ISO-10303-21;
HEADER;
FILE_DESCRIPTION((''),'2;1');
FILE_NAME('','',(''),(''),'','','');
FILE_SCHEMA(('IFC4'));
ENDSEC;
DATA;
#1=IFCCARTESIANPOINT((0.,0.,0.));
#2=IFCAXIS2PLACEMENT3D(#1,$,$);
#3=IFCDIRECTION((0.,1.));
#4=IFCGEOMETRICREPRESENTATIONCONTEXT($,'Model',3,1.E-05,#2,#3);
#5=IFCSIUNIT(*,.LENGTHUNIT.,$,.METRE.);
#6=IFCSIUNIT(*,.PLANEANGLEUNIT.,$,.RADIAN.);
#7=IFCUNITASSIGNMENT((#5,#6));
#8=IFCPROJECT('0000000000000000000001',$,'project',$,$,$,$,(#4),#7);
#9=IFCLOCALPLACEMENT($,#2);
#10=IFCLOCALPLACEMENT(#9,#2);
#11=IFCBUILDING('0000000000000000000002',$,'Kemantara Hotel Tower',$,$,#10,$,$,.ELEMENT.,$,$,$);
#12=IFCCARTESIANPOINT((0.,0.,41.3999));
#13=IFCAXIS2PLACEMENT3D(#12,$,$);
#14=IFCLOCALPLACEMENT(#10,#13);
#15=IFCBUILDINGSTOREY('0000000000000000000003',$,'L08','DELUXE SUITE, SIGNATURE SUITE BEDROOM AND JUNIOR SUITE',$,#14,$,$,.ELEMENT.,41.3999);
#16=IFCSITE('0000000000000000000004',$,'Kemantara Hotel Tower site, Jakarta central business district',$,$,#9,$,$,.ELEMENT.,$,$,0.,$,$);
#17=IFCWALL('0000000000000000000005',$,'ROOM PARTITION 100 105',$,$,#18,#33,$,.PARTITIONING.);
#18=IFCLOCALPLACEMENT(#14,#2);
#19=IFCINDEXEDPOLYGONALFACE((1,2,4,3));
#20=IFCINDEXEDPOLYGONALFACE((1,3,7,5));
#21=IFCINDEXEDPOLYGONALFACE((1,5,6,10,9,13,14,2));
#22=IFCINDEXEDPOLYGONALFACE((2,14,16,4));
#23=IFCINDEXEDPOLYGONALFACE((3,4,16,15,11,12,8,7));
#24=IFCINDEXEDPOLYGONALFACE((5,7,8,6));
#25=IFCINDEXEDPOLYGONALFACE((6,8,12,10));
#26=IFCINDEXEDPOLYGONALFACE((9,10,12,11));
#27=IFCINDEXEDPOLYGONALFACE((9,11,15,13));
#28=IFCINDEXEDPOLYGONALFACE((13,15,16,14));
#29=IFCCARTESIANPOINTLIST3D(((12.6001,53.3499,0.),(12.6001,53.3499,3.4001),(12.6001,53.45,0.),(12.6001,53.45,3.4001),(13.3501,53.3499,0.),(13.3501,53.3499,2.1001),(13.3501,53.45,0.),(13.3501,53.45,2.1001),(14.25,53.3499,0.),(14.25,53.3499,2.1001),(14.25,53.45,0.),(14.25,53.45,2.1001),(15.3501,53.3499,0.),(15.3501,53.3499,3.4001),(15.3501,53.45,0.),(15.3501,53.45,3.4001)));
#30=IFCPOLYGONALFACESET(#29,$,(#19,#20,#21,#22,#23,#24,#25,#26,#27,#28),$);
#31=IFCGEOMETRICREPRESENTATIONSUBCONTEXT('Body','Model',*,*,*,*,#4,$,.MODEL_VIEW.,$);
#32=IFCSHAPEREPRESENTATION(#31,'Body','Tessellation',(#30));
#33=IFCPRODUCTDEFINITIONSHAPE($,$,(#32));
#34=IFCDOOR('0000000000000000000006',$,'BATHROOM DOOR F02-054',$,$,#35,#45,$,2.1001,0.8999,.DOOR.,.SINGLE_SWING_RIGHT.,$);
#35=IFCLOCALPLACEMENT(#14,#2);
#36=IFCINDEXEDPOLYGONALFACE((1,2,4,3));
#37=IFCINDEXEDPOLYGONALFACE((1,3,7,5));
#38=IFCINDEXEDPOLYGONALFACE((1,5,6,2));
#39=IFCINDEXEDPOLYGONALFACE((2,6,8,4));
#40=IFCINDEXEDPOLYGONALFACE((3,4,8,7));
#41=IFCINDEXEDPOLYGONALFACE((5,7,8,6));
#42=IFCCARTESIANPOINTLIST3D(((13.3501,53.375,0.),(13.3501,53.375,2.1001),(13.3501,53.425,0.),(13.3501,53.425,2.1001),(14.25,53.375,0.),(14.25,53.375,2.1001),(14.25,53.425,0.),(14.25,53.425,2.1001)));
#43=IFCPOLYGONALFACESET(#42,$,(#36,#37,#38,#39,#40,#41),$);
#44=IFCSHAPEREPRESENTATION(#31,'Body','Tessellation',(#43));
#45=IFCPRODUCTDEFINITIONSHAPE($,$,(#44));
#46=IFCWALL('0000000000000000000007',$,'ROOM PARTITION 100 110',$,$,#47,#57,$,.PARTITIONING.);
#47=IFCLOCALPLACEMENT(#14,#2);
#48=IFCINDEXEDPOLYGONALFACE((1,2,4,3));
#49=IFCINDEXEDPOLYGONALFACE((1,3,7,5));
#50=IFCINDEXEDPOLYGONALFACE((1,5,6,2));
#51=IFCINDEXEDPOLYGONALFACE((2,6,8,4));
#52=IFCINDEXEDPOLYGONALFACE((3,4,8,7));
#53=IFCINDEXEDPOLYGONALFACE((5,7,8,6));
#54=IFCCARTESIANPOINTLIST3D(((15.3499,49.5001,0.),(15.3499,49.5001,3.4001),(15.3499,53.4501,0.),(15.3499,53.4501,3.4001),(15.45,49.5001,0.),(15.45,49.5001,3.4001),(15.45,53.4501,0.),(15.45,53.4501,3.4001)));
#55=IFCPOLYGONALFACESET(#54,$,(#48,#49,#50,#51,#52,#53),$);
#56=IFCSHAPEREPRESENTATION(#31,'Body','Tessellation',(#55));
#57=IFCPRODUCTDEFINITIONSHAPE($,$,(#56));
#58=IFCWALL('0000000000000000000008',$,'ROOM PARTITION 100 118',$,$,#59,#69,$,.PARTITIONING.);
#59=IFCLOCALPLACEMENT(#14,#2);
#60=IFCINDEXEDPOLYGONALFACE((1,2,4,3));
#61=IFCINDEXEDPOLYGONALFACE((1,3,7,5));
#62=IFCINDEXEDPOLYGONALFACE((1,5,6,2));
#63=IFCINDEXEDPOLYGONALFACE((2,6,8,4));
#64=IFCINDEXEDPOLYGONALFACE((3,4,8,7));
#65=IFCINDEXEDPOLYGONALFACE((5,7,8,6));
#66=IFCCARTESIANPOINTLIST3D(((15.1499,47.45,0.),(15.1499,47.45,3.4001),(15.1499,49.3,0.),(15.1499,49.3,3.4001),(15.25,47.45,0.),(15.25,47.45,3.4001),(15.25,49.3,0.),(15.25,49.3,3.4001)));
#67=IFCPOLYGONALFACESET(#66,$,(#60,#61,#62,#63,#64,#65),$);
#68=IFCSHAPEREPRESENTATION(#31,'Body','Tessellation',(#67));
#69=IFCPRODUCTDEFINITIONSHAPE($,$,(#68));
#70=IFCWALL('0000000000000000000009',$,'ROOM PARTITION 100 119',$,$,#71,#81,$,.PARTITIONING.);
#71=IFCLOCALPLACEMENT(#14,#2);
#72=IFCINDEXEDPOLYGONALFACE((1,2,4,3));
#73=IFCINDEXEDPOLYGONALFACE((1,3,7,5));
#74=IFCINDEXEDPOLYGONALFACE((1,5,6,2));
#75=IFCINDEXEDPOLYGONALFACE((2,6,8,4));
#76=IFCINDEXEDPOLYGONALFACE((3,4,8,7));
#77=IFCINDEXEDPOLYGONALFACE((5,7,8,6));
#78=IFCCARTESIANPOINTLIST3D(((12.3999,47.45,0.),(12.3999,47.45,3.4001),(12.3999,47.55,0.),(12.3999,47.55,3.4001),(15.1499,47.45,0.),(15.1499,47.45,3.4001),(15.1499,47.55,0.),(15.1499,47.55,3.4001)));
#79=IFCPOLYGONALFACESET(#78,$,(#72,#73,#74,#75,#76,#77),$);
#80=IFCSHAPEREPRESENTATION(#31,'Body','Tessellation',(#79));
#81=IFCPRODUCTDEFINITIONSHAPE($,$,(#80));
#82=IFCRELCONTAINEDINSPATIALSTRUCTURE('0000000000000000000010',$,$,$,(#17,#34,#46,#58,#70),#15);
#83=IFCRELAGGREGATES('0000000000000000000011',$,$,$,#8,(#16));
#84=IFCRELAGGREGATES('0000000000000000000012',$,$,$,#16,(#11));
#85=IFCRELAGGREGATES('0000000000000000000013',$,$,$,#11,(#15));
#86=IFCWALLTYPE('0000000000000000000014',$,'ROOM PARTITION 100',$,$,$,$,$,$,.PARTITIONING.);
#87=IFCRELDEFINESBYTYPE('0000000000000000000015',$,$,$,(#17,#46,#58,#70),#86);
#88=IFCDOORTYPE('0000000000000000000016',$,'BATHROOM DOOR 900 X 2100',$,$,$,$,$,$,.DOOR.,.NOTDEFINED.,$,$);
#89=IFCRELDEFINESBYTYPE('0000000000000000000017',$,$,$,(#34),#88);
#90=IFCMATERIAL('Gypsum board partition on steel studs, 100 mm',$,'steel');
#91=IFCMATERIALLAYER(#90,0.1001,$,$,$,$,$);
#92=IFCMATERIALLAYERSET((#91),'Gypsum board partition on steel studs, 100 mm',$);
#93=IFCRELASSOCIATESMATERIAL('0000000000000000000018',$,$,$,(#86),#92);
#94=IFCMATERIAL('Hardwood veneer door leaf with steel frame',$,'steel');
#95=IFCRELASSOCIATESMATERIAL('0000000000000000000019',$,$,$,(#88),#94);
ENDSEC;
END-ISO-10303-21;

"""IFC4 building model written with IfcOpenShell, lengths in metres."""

from ifc_helpers import new_model, si_unit, direction, frame, frame_2d, origin, place, context, subcontext, project, spatial, rectangle, extrude, material, layer, layer_set, type_object, element, fill, save


model = new_model("IFC4")

# Units and contexts
model_context = context("Model", 3, precision=1e-05, world=origin(), true_north=direction((0.0, 1.0)))
body_context = subcontext(model_context, "Body", "Model", "MODEL_VIEW")
ifc_project = project(units=[si_unit("LENGTHUNIT", "METRE"), si_unit("PLANEANGLEUNIT", "RADIAN")], contexts=[model_context])

# Site, building, storey
site_placement = place(None, origin())
site = spatial("IfcSite", under=ifc_project, at=site_placement, Name="Kemantara Hotel Tower site, Jakarta central business district", CompositionType="ELEMENT", RefElevation=0.0)
building_placement = place(site_placement, origin())
building = spatial("IfcBuilding", under=site, at=building_placement, Name="Kemantara Hotel Tower", CompositionType="ELEMENT")
storey_placement = place(building_placement, frame((0.0, 0.0, 41.3999)))
storey = spatial("IfcBuildingStorey", under=building, at=storey_placement, Name="L08", Description="DELUXE SUITE, SIGNATURE SUITE BEDROOM AND JUNIOR SUITE", CompositionType="ELEMENT", Elevation=41.3999)

# Wall, opening, door
ifc_material_1 = material(Name="Gypsum board partition on steel studs, 100 mm", Category="steel")
ifc_layer_1 = layer(ifc_material_1, 0.1001)
ifc_layer_set_1 = layer_set([ifc_layer_1], Name="Gypsum board partition on steel studs, 100 mm")
wall_type_1 = type_object("IfcWallType", Name="ROOM PARTITION 100", PredefinedType="PARTITIONING", material=ifc_layer_set_1)
wall_1_placement = place(storey_placement, frame((15.3501, 53.3999, 0.0), z_axis=(0.0, 0.0, 1.0), x_axis=(-1.0, 0.0, 0.0)))
wall_1 = element("IfcWall", 1, at=wall_1_placement, inside=storey, type_object=wall_type_1, Name="ROOM PARTITION 100 105", PredefinedType="PARTITIONING", context=body_context, shape_type="SweptSolid", body=[
    extrude(rectangle(XDim=2.75, YDim=0.1001, at=frame_2d((1.375, 0.0))), origin(), (0.0, 0.0, 1.0), 3.4001),
])
opening_1_placement = place(wall_1_placement, frame((1.1001, 0.0, 0.0)))
opening_1 = element("IfcOpeningElement", 2, at=opening_1_placement, cuts=wall_1, PredefinedType="OPENING", context=body_context, shape_type="SweptSolid", body=[
    extrude(rectangle(XDim=0.8999, YDim=2.1001, at=frame_2d((0.45, 1.05))), frame((0.0, 0.0601, 0.0), z_axis=(0.0, -1.0, 0.0), x_axis=(1.0, 0.0, 0.0)), (0.0, 0.0, 1.0), 0.1201),
])
ifc_material_2 = material(Name="Hardwood veneer door leaf with steel frame", Category="steel")
door_type_1 = type_object("IfcDoorType", Name="BATHROOM DOOR 900 X 2100", OperationType="NOTDEFINED", PredefinedType="DOOR", material=ifc_material_2)
door_1_placement = place(opening_1_placement, origin())
door_1 = element("IfcDoor", 3, at=door_1_placement, inside=storey, type_object=door_type_1, Name="BATHROOM DOOR F02-054", OperationType="SINGLE_SWING_RIGHT", OverallHeight=2.1001, OverallWidth=0.8999, PredefinedType="DOOR", context=body_context, shape_type="SweptSolid", body=[
    extrude(rectangle(XDim=0.8999, YDim=2.1001, at=frame_2d((0.45, 1.05))), frame((0.0, 0.0249, 0.0), z_axis=(0.0, -1.0, 0.0), x_axis=(1.0, 0.0, 0.0)), (0.0, 0.0, 1.0), 0.05),
])
fill(opening_1, door_1)

# Walls
wall_2_placement = place(storey_placement, frame((15.3999, 49.5, 0.0), z_axis=(0.0, 0.0, 1.0), x_axis=(0.0, 1.0, 0.0)))
element("IfcWall", 4, at=wall_2_placement, inside=storey, type_object=wall_type_1, Name="ROOM PARTITION 100 110", PredefinedType="PARTITIONING", context=body_context, shape_type="SweptSolid", body=[
    extrude(rectangle(XDim=3.95, YDim=0.1001, at=frame_2d((1.9751, 0.0))), origin(), (0.0, 0.0, 1.0), 3.4001),
])
wall_3_placement = place(storey_placement, frame((15.2, 47.45, 0.0), z_axis=(0.0, 0.0, 1.0), x_axis=(0.0, 1.0, 0.0)))
element("IfcWall", 5, at=wall_3_placement, inside=storey, type_object=wall_type_1, Name="ROOM PARTITION 100 118", PredefinedType="PARTITIONING", context=body_context, shape_type="SweptSolid", body=[
    extrude(rectangle(XDim=1.8501, YDim=0.1001, at=frame_2d((0.925, 0.0))), origin(), (0.0, 0.0, 1.0), 3.4001),
])
wall_4_placement = place(storey_placement, frame((12.3999, 47.5, 0.0), z_axis=(0.0, 0.0, 1.0), x_axis=(1.0, 0.0, 0.0)))
element("IfcWall", 6, at=wall_4_placement, inside=storey, type_object=wall_type_1, Name="ROOM PARTITION 100 119", PredefinedType="PARTITIONING", context=body_context, shape_type="SweptSolid", body=[
    extrude(rectangle(XDim=2.75, YDim=0.1001, at=frame_2d((1.375, 0.0))), origin(), (0.0, 0.0, 1.0), 3.4001),
])

save(model, "model.ifc")
